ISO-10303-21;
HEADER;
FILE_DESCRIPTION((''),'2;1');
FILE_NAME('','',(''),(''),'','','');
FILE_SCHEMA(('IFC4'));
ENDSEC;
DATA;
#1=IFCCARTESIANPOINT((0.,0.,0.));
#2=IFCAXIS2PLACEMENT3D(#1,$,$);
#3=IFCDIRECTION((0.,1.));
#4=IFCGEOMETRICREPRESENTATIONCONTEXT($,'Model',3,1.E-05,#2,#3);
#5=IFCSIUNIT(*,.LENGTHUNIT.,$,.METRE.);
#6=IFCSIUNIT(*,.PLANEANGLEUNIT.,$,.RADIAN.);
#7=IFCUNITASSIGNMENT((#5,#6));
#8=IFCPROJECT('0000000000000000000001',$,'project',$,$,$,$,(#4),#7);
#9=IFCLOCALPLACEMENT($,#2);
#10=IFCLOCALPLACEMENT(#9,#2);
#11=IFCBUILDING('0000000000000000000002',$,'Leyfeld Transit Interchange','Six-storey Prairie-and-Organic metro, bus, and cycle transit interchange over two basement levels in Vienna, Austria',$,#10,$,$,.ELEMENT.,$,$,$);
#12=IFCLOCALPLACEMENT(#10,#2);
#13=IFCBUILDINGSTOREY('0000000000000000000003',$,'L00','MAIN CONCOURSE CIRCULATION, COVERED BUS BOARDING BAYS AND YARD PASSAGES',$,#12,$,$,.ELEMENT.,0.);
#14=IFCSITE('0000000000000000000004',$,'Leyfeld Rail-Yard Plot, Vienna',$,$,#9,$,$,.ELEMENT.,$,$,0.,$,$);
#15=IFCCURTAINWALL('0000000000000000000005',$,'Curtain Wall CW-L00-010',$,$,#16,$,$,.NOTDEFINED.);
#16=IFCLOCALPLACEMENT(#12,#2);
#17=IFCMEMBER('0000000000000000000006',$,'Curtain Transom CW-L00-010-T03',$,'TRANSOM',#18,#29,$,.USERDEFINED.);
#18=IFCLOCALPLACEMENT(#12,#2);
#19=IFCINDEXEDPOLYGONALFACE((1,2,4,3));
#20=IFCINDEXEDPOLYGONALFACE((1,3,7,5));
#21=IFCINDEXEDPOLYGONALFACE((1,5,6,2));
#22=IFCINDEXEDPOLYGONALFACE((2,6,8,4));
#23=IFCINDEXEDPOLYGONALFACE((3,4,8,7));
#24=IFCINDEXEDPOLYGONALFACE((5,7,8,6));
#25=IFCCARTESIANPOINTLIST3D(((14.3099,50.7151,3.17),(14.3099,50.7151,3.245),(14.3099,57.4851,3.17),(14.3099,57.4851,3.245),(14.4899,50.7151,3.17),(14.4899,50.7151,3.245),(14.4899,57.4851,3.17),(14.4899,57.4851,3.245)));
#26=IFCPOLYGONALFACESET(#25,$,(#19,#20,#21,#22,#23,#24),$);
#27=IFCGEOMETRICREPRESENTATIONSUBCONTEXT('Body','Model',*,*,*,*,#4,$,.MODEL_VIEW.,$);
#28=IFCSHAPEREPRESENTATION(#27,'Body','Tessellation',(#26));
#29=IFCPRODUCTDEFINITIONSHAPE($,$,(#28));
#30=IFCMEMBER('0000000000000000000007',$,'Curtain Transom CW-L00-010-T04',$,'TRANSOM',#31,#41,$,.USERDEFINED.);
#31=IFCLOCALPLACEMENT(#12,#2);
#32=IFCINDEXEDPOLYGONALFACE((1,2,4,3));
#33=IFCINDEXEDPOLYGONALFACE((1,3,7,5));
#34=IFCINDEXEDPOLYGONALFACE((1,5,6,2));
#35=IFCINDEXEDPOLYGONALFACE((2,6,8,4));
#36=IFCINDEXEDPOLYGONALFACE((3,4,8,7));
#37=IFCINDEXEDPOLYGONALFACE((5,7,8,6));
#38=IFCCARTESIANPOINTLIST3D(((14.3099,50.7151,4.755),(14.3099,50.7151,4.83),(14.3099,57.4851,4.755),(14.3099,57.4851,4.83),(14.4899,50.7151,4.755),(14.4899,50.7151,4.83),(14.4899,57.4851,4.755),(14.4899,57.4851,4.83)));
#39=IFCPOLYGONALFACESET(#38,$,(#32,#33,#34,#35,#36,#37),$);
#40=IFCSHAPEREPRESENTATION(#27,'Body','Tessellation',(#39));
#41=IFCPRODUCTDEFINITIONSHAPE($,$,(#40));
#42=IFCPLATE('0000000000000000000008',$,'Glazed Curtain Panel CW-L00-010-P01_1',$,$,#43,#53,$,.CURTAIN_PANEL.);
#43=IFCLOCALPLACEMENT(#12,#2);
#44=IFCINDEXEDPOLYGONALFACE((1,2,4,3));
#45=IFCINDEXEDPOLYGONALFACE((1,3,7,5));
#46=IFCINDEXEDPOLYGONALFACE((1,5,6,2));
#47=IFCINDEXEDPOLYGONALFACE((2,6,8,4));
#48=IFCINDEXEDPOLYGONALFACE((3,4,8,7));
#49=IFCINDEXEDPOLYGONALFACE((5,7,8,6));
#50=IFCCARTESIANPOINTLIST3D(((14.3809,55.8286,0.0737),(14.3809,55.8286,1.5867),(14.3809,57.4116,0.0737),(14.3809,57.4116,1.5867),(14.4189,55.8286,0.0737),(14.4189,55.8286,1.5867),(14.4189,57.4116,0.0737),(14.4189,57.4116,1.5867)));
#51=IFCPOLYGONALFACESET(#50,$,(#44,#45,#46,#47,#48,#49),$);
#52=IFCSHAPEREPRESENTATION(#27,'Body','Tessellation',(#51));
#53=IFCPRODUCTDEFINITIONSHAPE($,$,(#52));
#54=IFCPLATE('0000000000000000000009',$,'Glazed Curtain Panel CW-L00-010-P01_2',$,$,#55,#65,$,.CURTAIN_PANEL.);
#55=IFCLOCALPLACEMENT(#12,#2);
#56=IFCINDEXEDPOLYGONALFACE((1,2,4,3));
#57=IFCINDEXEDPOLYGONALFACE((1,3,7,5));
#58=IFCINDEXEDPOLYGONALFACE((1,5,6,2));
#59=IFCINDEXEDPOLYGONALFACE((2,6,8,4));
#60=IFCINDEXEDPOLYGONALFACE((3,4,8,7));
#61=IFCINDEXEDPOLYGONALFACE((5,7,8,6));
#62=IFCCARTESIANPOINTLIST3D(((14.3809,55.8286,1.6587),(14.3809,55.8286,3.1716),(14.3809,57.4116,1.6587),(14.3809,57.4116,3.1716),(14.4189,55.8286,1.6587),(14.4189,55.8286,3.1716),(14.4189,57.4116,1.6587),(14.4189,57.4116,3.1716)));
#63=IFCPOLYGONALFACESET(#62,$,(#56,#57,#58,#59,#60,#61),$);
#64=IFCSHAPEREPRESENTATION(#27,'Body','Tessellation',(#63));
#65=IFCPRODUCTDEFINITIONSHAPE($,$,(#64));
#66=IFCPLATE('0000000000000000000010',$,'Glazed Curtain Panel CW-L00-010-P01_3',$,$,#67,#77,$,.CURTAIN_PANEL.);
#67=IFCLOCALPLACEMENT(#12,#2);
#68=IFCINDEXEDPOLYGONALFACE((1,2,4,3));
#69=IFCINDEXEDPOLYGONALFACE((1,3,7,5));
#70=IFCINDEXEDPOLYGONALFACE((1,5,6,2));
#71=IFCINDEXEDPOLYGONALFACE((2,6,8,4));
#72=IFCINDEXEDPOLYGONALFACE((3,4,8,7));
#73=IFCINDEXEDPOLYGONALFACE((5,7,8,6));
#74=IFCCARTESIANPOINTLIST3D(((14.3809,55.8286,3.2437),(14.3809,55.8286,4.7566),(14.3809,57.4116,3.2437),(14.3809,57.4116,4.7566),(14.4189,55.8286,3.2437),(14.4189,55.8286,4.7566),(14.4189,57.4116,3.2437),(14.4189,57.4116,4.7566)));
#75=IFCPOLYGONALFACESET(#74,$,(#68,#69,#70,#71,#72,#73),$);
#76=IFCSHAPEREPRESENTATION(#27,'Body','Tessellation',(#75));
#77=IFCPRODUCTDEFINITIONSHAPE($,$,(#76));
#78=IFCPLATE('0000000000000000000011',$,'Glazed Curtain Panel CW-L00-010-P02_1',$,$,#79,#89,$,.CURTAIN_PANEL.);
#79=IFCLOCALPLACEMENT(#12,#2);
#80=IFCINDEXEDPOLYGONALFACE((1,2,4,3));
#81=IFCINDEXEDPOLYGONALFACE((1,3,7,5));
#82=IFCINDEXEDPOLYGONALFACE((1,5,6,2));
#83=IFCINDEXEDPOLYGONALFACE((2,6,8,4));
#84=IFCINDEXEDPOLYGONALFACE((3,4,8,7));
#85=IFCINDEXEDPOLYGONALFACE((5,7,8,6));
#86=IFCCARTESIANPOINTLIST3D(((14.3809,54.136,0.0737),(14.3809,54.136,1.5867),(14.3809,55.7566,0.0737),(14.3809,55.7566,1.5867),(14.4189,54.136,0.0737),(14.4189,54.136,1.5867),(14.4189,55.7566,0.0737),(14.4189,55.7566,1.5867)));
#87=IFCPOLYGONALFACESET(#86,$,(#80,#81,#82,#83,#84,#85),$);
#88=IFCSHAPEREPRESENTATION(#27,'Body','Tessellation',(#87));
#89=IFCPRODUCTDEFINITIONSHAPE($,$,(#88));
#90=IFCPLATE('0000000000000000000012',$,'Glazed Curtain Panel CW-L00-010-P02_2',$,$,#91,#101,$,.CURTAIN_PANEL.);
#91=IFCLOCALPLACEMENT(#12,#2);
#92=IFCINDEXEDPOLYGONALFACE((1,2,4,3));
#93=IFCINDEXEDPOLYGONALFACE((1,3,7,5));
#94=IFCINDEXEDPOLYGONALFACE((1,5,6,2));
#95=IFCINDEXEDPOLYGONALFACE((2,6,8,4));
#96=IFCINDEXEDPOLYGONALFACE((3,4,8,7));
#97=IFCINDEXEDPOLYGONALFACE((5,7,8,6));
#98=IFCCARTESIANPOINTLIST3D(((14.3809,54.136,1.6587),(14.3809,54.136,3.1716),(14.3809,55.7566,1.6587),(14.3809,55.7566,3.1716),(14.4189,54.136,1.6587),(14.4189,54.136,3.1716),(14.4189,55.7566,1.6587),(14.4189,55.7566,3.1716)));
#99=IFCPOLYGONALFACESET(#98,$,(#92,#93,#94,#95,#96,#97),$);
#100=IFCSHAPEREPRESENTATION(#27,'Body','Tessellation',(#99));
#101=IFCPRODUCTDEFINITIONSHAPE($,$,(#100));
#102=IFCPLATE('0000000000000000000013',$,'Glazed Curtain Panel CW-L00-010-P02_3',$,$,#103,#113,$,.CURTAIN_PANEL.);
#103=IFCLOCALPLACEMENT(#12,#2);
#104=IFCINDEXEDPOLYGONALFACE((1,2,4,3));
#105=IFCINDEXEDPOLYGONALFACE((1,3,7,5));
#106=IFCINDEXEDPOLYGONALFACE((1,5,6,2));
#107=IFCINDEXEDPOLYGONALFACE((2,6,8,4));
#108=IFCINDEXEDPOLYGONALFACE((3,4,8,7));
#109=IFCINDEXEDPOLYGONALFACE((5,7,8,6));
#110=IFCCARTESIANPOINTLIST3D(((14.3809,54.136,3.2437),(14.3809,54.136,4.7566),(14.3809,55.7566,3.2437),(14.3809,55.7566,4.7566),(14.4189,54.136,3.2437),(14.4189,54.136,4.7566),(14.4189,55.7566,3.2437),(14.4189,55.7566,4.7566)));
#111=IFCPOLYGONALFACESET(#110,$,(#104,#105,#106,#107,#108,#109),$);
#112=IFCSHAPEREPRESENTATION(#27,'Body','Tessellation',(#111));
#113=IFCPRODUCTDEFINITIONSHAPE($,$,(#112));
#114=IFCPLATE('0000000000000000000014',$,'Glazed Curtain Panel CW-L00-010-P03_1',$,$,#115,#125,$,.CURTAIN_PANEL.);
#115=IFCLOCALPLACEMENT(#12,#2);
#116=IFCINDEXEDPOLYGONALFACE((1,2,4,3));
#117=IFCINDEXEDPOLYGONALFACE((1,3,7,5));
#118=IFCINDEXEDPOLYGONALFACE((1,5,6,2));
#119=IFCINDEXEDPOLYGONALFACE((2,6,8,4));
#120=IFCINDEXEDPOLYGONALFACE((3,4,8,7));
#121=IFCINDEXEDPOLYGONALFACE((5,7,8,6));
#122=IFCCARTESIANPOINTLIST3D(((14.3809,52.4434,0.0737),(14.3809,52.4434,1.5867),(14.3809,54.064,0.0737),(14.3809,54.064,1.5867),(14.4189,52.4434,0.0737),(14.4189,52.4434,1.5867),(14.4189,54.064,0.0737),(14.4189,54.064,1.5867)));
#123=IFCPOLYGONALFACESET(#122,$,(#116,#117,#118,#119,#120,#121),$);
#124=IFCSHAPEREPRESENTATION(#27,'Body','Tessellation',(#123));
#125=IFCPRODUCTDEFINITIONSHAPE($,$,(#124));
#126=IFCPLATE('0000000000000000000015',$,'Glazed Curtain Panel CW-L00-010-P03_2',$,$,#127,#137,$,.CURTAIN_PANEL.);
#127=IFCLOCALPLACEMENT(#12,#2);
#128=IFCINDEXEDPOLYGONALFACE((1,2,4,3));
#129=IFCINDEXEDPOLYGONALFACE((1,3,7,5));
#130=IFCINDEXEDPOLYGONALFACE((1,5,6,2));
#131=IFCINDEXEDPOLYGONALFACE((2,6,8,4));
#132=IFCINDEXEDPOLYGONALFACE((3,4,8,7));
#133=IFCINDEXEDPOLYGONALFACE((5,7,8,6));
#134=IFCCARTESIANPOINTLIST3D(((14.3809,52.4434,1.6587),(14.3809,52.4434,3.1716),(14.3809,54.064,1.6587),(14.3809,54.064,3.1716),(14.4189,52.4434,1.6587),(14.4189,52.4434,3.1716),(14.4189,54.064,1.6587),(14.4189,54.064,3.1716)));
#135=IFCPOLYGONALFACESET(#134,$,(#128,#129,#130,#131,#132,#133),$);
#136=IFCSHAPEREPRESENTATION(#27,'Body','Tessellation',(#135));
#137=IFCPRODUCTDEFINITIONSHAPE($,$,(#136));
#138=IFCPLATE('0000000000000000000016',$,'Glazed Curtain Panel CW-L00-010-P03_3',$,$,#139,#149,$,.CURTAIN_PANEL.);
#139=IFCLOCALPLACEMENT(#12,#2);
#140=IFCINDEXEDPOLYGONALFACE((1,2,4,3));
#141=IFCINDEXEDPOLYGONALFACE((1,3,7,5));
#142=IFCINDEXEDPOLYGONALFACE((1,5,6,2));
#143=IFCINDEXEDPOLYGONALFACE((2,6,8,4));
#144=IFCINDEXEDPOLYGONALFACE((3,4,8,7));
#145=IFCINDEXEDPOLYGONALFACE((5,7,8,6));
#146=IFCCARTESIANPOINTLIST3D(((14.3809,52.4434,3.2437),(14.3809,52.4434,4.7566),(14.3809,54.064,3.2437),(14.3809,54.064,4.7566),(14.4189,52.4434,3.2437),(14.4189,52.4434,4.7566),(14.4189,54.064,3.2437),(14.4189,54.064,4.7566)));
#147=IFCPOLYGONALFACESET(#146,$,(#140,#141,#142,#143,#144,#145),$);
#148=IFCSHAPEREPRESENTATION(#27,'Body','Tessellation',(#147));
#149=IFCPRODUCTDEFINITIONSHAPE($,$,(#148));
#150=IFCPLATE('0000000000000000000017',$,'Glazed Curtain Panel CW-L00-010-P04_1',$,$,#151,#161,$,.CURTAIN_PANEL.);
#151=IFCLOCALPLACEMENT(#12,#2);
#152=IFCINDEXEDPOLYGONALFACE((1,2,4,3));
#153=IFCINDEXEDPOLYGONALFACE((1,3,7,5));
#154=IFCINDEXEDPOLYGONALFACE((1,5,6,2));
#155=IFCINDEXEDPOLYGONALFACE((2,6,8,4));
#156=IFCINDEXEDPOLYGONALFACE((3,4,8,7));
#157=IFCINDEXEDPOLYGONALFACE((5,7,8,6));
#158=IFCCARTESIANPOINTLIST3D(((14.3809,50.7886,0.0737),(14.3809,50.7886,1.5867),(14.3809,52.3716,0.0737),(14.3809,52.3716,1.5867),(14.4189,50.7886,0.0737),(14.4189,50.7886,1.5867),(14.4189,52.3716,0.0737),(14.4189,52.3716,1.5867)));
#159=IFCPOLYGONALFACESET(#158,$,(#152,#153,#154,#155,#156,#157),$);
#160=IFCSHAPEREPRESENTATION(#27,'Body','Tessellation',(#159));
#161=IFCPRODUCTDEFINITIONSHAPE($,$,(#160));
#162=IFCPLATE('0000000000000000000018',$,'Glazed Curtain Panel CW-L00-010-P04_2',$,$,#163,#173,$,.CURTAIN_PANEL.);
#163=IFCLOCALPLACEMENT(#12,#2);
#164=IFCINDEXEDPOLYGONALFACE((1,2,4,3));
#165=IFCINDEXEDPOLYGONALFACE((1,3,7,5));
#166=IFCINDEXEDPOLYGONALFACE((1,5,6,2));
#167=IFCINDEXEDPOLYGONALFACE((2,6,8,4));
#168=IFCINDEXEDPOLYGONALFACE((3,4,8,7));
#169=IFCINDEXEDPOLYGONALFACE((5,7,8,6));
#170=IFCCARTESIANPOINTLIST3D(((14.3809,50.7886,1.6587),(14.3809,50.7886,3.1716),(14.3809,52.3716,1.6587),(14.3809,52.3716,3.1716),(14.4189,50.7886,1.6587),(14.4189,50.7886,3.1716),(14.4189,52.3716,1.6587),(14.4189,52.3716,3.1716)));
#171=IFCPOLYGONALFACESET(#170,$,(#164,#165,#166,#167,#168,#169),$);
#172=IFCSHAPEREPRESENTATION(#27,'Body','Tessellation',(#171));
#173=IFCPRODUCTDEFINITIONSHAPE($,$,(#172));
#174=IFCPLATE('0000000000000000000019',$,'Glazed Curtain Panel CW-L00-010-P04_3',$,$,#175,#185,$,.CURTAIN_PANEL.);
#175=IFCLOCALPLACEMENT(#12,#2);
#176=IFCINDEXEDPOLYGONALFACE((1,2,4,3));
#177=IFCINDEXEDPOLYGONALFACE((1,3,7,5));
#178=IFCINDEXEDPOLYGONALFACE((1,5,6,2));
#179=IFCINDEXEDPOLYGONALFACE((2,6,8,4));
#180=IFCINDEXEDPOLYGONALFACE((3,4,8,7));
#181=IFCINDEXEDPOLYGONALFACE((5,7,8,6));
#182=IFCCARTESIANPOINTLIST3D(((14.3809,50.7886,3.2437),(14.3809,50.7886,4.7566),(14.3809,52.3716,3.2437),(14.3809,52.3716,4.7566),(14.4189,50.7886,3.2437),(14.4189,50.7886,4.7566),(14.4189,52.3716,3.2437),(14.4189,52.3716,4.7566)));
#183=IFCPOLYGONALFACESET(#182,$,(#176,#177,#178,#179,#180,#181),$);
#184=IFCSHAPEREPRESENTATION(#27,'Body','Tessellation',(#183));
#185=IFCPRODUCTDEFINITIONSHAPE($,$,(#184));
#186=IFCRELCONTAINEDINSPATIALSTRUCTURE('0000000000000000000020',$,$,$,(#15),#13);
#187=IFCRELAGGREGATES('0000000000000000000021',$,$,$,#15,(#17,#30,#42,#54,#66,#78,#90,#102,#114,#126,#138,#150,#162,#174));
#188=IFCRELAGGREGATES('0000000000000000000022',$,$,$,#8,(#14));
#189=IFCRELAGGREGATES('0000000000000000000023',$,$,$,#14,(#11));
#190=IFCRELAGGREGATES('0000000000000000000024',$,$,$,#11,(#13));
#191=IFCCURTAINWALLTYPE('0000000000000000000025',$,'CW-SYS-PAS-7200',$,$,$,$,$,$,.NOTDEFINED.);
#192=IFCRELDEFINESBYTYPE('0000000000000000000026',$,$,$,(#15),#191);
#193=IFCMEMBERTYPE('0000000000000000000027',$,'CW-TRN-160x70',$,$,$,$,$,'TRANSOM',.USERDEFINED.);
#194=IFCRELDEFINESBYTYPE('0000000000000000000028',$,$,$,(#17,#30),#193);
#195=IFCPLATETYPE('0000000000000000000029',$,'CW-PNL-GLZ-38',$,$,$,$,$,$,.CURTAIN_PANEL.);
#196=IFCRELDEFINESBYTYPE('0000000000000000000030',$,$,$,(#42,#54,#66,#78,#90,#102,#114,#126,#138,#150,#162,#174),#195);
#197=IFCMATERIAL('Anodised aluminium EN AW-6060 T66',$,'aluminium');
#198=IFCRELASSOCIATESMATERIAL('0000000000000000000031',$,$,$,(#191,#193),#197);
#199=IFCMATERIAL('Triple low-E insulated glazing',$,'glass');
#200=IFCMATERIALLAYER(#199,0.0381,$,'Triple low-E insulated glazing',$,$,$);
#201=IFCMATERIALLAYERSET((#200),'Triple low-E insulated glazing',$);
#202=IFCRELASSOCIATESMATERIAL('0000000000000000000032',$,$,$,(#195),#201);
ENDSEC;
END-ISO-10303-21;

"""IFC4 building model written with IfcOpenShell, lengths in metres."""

from ifc_helpers import new_model, si_unit, direction, frame, origin, origin_2d, place, context, subcontext, project, spatial, rectangle, extrude, material, layer, layer_set, material_profile, profile_set, type_object, element, aggregate, save


model = new_model("IFC4")

# Units and contexts
model_context = context("Model", 3, precision=1e-05, world=origin(), true_north=direction((0.0, 1.0)))
body_context = subcontext(model_context, "Body", "Model", "MODEL_VIEW")
ifc_project = project(units=[si_unit("LENGTHUNIT", "METRE"), si_unit("PLANEANGLEUNIT", "RADIAN")], contexts=[model_context])

# Site, building, storey
site_placement = place(None, origin())
site = spatial("IfcSite", under=ifc_project, at=site_placement, Name="Leyfeld Rail-Yard Plot, Vienna", CompositionType="ELEMENT", RefElevation=0.0)
building_placement = place(site_placement, origin())
building = spatial("IfcBuilding", under=site, at=building_placement, Name="Leyfeld Transit Interchange", Description="Six-storey Prairie-and-Organic metro, bus, and cycle transit interchange over two basement levels in Vienna, Austria", CompositionType="ELEMENT")
storey_placement = place(building_placement, origin())
storey = spatial("IfcBuildingStorey", under=building, at=storey_placement, Name="L00", Description="MAIN CONCOURSE CIRCULATION, COVERED BUS BOARDING BAYS AND YARD PASSAGES", CompositionType="ELEMENT", Elevation=0.0)

# Curtain wall, members, plates
ifc_material_1 = material(Name="Anodised aluminium EN AW-6060 T66", Category="aluminium")
curtain_wall_type = type_object("IfcCurtainWallType", Name="CW-SYS-PAS-7200", PredefinedType="NOTDEFINED", material=ifc_material_1)
curtain_wall_placement = place(storey_placement, origin())
curtain_wall = element("IfcCurtainWall", 1, at=curtain_wall_placement, inside=storey, type_object=curtain_wall_type, Name="Curtain Wall CW-L00-010", PredefinedType="NOTDEFINED")
ifc_material_profile_1 = material_profile(ifc_material_1, rectangle(XDim=0.1799, YDim=0.075, at=origin_2d()), Name="CW-TRN-160x70")
ifc_profile_set_1 = profile_set([ifc_material_profile_1], Name="Anodised aluminium EN AW-6060 T66")
member_type_1 = type_object("IfcMemberType", Name="CW-TRN-160x70", ElementType="TRANSOM", PredefinedType="USERDEFINED", material=ifc_profile_set_1)
member_1_placement = place(storey_placement, frame((14.3999, 57.4851, 3.2075), z_axis=(0.0, -1.0, 0.0), x_axis=(1.0, 0.0, 0.0)))
member_1 = element("IfcMember", 2, at=member_1_placement, type_object=member_type_1, Name="Curtain Transom CW-L00-010-T03", ObjectType="TRANSOM", PredefinedType="USERDEFINED", context=body_context, shape_type="SweptSolid", body=[
    extrude(rectangle(XDim=0.1799, YDim=0.075, at=origin_2d()), origin(), (0.0, 0.0, 1.0), 6.77),
])
member_2_placement = place(storey_placement, frame((14.3999, 57.4851, 4.7925), z_axis=(0.0, -1.0, 0.0), x_axis=(1.0, 0.0, 0.0)))
member_2 = element("IfcMember", 3, at=member_2_placement, type_object=member_type_1, Name="Curtain Transom CW-L00-010-T04", ObjectType="TRANSOM", PredefinedType="USERDEFINED", context=body_context, shape_type="SweptSolid", body=[
    extrude(rectangle(XDim=0.1799, YDim=0.075, at=origin_2d()), origin(), (0.0, 0.0, 1.0), 6.77),
])
ifc_material_2 = material(Name="Triple low-E insulated glazing", Category="glass")
ifc_layer = layer(ifc_material_2, 0.0381, Name="Triple low-E insulated glazing")
ifc_layer_set = layer_set([ifc_layer], Name="Triple low-E insulated glazing")
plate_type = type_object("IfcPlateType", Name="CW-PNL-GLZ-38", PredefinedType="CURTAIN_PANEL", material=ifc_layer_set)
plate_1_placement = place(storey_placement, frame((14.3999, 56.6201, 0.0737), z_axis=(0.0, 0.0, 1.0), x_axis=(0.0, -1.0, 0.0)))
plate_1 = element("IfcPlate", 4, at=plate_1_placement, type_object=plate_type, Name="Glazed Curtain Panel CW-L00-010-P01_1", PredefinedType="CURTAIN_PANEL", context=body_context, shape_type="SweptSolid", body=[
    extrude(rectangle(XDim=1.583, YDim=0.0381, at=origin_2d()), origin(), (0.0, 0.0, 1.0), 1.5129),
])
plate_2_placement = place(storey_placement, frame((14.3999, 56.6201, 1.6587), z_axis=(0.0, 0.0, 1.0), x_axis=(0.0, -1.0, 0.0)))
plate_2 = element("IfcPlate", 5, at=plate_2_placement, type_object=plate_type, Name="Glazed Curtain Panel CW-L00-010-P01_2", PredefinedType="CURTAIN_PANEL", context=body_context, shape_type="SweptSolid", body=[
    extrude(rectangle(XDim=1.583, YDim=0.0381, at=origin_2d()), origin(), (0.0, 0.0, 1.0), 1.5129),
])
plate_3_placement = place(storey_placement, frame((14.3999, 56.6201, 3.2437), z_axis=(0.0, 0.0, 1.0), x_axis=(0.0, -1.0, 0.0)))
plate_3 = element("IfcPlate", 6, at=plate_3_placement, type_object=plate_type, Name="Glazed Curtain Panel CW-L00-010-P01_3", PredefinedType="CURTAIN_PANEL", context=body_context, shape_type="SweptSolid", body=[
    extrude(rectangle(XDim=1.583, YDim=0.0381, at=origin_2d()), origin(), (0.0, 0.0, 1.0), 1.5129),
])
plate_4_placement = place(storey_placement, frame((14.3999, 54.9463, 0.0737), z_axis=(0.0, 0.0, 1.0), x_axis=(0.0, -1.0, 0.0)))
plate_4 = element("IfcPlate", 7, at=plate_4_placement, type_object=plate_type, Name="Glazed Curtain Panel CW-L00-010-P02_1", PredefinedType="CURTAIN_PANEL", context=body_context, shape_type="SweptSolid", body=[
    extrude(rectangle(XDim=1.6206, YDim=0.0381, at=origin_2d()), origin(), (0.0, 0.0, 1.0), 1.5129),
])
plate_5_placement = place(storey_placement, frame((14.3999, 54.9463, 1.6587), z_axis=(0.0, 0.0, 1.0), x_axis=(0.0, -1.0, 0.0)))
plate_5 = element("IfcPlate", 8, at=plate_5_placement, type_object=plate_type, Name="Glazed Curtain Panel CW-L00-010-P02_2", PredefinedType="CURTAIN_PANEL", context=body_context, shape_type="SweptSolid", body=[
    extrude(rectangle(XDim=1.6206, YDim=0.0381, at=origin_2d()), origin(), (0.0, 0.0, 1.0), 1.5129),
])
plate_6_placement = place(storey_placement, frame((14.3999, 54.9463, 3.2437), z_axis=(0.0, 0.0, 1.0), x_axis=(0.0, -1.0, 0.0)))
plate_6 = element("IfcPlate", 9, at=plate_6_placement, type_object=plate_type, Name="Glazed Curtain Panel CW-L00-010-P02_3", PredefinedType="CURTAIN_PANEL", context=body_context, shape_type="SweptSolid", body=[
    extrude(rectangle(XDim=1.6206, YDim=0.0381, at=origin_2d()), origin(), (0.0, 0.0, 1.0), 1.5129),
])
plate_7_placement = place(storey_placement, frame((14.3999, 53.2537, 0.0737), z_axis=(0.0, 0.0, 1.0), x_axis=(0.0, -1.0, 0.0)))
plate_7 = element("IfcPlate", 10, at=plate_7_placement, type_object=plate_type, Name="Glazed Curtain Panel CW-L00-010-P03_1", PredefinedType="CURTAIN_PANEL", context=body_context, shape_type="SweptSolid", body=[
    extrude(rectangle(XDim=1.6206, YDim=0.0381, at=origin_2d()), origin(), (0.0, 0.0, 1.0), 1.5129),
])
plate_8_placement = place(storey_placement, frame((14.3999, 53.2537, 1.6587), z_axis=(0.0, 0.0, 1.0), x_axis=(0.0, -1.0, 0.0)))
plate_8 = element("IfcPlate", 11, at=plate_8_placement, type_object=plate_type, Name="Glazed Curtain Panel CW-L00-010-P03_2", PredefinedType="CURTAIN_PANEL", context=body_context, shape_type="SweptSolid", body=[
    extrude(rectangle(XDim=1.6206, YDim=0.0381, at=origin_2d()), origin(), (0.0, 0.0, 1.0), 1.5129),
])
plate_9_placement = place(storey_placement, frame((14.3999, 53.2537, 3.2437), z_axis=(0.0, 0.0, 1.0), x_axis=(0.0, -1.0, 0.0)))
plate_9 = element("IfcPlate", 12, at=plate_9_placement, type_object=plate_type, Name="Glazed Curtain Panel CW-L00-010-P03_3", PredefinedType="CURTAIN_PANEL", context=body_context, shape_type="SweptSolid", body=[
    extrude(rectangle(XDim=1.6206, YDim=0.0381, at=origin_2d()), origin(), (0.0, 0.0, 1.0), 1.5129),
])
plate_10_placement = place(storey_placement, frame((14.3999, 51.5801, 0.0737), z_axis=(0.0, 0.0, 1.0), x_axis=(0.0, -1.0, 0.0)))
plate_10 = element("IfcPlate", 13, at=plate_10_placement, type_object=plate_type, Name="Glazed Curtain Panel CW-L00-010-P04_1", PredefinedType="CURTAIN_PANEL", context=body_context, shape_type="SweptSolid", body=[
    extrude(rectangle(XDim=1.583, YDim=0.0381, at=origin_2d()), origin(), (0.0, 0.0, 1.0), 1.5129),
])
plate_11_placement = place(storey_placement, frame((14.3999, 51.5801, 1.6587), z_axis=(0.0, 0.0, 1.0), x_axis=(0.0, -1.0, 0.0)))
plate_11 = element("IfcPlate", 14, at=plate_11_placement, type_object=plate_type, Name="Glazed Curtain Panel CW-L00-010-P04_2", PredefinedType="CURTAIN_PANEL", context=body_context, shape_type="SweptSolid", body=[
    extrude(rectangle(XDim=1.583, YDim=0.0381, at=origin_2d()), origin(), (0.0, 0.0, 1.0), 1.5129),
])
plate_12_placement = place(storey_placement, frame((14.3999, 51.5801, 3.2437), z_axis=(0.0, 0.0, 1.0), x_axis=(0.0, -1.0, 0.0)))
plate_12 = element("IfcPlate", 15, at=plate_12_placement, type_object=plate_type, Name="Glazed Curtain Panel CW-L00-010-P04_3", PredefinedType="CURTAIN_PANEL", context=body_context, shape_type="SweptSolid", body=[
    extrude(rectangle(XDim=1.583, YDim=0.0381, at=origin_2d()), origin(), (0.0, 0.0, 1.0), 1.5129),
])
aggregate(curtain_wall, [member_1, member_2, plate_1, plate_2, plate_3, plate_4, plate_5, plate_6, plate_7, plate_8, plate_9, plate_10, plate_11, plate_12])

save(model, "model.ifc")
